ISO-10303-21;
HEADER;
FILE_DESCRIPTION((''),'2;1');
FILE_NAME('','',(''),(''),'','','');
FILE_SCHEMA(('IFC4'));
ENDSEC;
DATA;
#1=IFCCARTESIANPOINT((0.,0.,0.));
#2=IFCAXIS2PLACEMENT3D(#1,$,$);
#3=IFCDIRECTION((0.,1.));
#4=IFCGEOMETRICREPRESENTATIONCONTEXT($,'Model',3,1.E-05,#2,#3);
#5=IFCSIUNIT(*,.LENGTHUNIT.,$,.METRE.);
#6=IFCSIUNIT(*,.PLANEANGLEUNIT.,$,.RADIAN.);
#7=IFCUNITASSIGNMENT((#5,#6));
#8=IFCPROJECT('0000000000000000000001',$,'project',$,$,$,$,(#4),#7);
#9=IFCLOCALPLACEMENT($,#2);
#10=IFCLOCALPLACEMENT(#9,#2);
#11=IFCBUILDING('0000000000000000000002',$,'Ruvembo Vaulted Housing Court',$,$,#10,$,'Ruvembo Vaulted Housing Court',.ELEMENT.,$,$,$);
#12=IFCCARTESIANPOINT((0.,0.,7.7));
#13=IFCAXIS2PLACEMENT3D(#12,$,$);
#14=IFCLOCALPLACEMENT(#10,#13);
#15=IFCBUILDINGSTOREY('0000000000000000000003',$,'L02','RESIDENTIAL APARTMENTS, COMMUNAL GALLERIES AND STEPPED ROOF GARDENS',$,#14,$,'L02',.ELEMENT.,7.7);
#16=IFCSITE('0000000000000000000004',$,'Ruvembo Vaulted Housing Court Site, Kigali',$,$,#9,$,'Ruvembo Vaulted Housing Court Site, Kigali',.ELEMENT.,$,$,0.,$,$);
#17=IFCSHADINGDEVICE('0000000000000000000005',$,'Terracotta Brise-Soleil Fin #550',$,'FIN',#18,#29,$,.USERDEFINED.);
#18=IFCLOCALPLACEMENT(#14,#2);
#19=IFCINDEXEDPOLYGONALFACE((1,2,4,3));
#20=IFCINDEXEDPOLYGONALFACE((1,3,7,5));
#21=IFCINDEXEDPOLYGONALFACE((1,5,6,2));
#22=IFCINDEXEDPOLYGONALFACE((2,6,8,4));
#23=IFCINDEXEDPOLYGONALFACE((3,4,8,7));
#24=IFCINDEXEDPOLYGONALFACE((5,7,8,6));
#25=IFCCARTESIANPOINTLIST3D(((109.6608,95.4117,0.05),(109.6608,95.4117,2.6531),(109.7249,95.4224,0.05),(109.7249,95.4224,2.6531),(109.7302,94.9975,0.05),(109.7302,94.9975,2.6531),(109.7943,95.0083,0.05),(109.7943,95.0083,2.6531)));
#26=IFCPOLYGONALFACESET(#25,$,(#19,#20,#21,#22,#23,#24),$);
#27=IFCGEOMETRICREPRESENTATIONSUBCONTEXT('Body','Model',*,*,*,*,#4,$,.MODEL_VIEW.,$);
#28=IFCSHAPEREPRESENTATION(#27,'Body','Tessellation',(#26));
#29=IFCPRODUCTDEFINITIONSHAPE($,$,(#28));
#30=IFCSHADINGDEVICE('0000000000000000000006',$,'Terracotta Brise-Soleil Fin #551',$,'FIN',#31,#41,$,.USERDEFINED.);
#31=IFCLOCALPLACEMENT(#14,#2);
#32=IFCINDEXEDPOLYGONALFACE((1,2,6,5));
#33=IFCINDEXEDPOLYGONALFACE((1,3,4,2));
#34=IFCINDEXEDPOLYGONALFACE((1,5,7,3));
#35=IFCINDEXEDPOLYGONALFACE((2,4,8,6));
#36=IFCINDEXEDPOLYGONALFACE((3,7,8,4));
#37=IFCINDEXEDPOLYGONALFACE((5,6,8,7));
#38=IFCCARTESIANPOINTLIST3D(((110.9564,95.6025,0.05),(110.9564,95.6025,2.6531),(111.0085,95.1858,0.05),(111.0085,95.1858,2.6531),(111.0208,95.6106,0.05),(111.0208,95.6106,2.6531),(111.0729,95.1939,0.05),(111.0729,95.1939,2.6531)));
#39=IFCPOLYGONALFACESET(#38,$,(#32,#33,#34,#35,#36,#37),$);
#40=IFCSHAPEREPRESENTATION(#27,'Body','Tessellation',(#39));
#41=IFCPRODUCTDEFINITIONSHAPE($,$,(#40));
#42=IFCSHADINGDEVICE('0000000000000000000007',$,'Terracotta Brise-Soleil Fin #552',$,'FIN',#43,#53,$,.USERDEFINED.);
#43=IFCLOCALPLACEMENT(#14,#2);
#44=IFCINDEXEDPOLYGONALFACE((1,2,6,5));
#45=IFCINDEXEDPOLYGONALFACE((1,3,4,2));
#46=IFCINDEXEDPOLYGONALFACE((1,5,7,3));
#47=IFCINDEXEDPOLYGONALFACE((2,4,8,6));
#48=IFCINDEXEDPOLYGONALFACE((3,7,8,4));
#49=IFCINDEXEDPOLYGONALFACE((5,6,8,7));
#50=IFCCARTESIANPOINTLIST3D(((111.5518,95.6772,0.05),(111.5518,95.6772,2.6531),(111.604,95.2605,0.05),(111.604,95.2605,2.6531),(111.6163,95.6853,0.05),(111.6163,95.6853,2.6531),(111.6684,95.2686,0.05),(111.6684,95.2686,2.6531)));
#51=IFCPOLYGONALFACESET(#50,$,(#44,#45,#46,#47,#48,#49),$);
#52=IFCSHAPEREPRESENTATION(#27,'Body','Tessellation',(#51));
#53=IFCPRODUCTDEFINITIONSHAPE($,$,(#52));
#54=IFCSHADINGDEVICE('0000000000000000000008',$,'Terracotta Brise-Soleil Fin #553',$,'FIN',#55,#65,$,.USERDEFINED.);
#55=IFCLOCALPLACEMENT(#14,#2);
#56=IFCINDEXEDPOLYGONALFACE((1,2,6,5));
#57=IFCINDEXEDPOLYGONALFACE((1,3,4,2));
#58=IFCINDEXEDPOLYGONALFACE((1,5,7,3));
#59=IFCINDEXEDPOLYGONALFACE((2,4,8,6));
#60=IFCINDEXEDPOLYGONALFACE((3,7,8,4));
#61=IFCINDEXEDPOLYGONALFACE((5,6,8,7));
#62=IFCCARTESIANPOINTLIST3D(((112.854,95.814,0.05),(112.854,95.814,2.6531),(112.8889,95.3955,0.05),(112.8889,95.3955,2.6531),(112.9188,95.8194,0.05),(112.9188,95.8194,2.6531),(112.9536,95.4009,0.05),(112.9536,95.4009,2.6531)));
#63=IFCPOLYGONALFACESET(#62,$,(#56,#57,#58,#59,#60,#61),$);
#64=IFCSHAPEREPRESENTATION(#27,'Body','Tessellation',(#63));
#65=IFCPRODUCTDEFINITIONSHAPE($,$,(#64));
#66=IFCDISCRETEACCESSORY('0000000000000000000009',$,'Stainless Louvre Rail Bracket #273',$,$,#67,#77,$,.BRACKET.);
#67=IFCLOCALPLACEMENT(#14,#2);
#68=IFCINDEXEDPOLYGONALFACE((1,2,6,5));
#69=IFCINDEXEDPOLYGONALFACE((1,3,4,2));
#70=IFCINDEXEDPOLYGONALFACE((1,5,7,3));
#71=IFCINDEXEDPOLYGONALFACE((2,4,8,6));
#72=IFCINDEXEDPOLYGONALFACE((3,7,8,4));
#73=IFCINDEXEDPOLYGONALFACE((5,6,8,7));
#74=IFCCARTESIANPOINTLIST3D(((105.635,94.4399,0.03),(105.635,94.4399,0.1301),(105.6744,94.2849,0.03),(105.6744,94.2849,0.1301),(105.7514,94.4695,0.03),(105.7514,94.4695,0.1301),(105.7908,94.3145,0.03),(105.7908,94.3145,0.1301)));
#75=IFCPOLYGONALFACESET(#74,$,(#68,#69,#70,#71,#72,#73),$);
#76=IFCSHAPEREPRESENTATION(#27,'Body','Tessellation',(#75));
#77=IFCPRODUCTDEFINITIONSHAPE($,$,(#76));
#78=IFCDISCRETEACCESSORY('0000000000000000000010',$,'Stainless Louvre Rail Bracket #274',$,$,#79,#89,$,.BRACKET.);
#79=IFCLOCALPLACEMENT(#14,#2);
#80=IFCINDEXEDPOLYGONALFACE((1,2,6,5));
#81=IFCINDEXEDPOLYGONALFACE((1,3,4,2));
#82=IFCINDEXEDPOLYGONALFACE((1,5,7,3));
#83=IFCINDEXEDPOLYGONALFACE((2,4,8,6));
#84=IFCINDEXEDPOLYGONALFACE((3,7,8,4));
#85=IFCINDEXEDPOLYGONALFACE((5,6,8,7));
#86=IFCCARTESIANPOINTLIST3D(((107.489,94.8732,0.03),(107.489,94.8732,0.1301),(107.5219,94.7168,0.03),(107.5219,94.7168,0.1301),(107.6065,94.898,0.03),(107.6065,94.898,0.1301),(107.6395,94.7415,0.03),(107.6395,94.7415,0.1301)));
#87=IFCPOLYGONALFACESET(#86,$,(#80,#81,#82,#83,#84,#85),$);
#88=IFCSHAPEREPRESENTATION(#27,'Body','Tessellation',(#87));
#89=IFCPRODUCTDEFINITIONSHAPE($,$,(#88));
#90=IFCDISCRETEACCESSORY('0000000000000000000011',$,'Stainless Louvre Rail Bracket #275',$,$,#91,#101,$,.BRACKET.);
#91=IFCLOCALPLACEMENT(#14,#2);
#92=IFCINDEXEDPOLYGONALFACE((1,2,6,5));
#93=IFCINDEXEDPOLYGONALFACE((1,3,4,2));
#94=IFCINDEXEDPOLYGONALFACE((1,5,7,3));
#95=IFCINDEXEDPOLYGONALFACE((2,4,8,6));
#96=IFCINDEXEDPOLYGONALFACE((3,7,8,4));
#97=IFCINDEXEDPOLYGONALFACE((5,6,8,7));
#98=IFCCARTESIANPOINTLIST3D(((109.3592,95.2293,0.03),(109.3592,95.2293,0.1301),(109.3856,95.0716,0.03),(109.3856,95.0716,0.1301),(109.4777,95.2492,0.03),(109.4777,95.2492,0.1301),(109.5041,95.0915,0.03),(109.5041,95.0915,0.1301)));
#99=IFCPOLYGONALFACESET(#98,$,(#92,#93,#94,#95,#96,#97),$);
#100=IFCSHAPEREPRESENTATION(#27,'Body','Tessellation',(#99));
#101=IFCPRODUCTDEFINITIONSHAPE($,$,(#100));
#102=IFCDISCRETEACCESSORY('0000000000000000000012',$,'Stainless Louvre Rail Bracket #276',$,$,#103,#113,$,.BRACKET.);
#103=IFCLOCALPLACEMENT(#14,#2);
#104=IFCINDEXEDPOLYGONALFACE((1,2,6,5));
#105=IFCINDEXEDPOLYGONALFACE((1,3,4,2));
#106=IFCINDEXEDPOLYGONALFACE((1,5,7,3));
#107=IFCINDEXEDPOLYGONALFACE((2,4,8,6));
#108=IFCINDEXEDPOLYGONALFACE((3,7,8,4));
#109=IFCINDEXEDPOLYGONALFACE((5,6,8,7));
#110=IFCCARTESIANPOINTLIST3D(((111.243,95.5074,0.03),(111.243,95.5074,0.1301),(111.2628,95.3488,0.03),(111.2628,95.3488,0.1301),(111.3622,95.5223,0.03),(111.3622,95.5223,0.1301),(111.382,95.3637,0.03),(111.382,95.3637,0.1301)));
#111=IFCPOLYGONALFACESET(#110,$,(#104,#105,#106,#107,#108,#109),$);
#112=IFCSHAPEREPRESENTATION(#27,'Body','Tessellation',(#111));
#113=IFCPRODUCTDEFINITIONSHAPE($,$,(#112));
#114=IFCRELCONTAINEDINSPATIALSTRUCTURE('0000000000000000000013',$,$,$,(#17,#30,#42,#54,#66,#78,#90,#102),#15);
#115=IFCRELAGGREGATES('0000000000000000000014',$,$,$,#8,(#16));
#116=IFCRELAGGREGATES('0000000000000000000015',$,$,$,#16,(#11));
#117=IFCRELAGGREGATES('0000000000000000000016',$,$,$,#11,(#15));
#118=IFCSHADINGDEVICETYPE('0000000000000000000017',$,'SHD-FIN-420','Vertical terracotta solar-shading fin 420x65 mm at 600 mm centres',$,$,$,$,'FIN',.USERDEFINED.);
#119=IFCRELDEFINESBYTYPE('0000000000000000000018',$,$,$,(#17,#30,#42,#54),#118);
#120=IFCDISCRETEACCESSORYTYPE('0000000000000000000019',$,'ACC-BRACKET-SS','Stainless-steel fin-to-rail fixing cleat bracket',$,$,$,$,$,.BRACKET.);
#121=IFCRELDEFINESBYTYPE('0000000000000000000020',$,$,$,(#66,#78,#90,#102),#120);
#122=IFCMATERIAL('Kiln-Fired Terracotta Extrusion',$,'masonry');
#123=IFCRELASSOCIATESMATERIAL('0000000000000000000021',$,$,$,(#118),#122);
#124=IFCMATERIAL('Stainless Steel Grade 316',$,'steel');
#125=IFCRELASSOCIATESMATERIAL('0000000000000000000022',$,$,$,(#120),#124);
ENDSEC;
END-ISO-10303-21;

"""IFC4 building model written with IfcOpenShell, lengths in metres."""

from ifc_helpers import new_model, si_unit, direction, frame, origin, origin_2d, place, context, subcontext, project, spatial, rectangle, extrude, material, type_object, element, save


model = new_model("IFC4")

# Units and contexts
model_context = context("Model", 3, precision=1e-05, world=origin(), true_north=direction((0.0, 1.0)))
body_context = subcontext(model_context, "Body", "Model", "MODEL_VIEW")
ifc_project = project(units=[si_unit("LENGTHUNIT", "METRE"), si_unit("PLANEANGLEUNIT", "RADIAN")], contexts=[model_context])

# Site, building, storey
site_placement = place(None, origin())
site = spatial("IfcSite", under=ifc_project, at=site_placement, Name="Ruvembo Vaulted Housing Court Site, Kigali", LongName="Ruvembo Vaulted Housing Court Site, Kigali", CompositionType="ELEMENT", RefElevation=0.0)
building_placement = place(site_placement, origin())
building = spatial("IfcBuilding", under=site, at=building_placement, Name="Ruvembo Vaulted Housing Court", LongName="Ruvembo Vaulted Housing Court", CompositionType="ELEMENT")
storey_placement = place(building_placement, frame((0.0, 0.0, 7.7)))
storey = spatial("IfcBuildingStorey", under=building, at=storey_placement, Name="L02", Description="RESIDENTIAL APARTMENTS, COMMUNAL GALLERIES AND STEPPED ROOF GARDENS", LongName="L02", CompositionType="ELEMENT", Elevation=7.7)

# Shading devices
ifc_material_1 = material(Name="Kiln-Fired Terracotta Extrusion", Category="masonry")
shading_device_type = type_object("IfcShadingDeviceType", Name="SHD-FIN-420", Description="Vertical terracotta solar-shading fin 420x65 mm at 600 mm centres", ElementType="FIN", PredefinedType="USERDEFINED", material=ifc_material_1)
for number, where, z_axis, x_axis, name in (
    (1, (109.7275, 95.21, 0.05), (0.0, 0.0, 1.0), (0.165271, -0.986248, 0.0), "Terracotta Brise-Soleil Fin #550"),
    (2, (111.0146, 95.3982, 0.05), (0.0, 0.0, 1.0), (0.12419, -0.992258, 0.0), "Terracotta Brise-Soleil Fin #551"),
    (3, (111.6101, 95.4729, 0.05), (0.0, 0.0, 1.0), (0.12419, -0.992258, 0.0), "Terracotta Brise-Soleil Fin #552"),
    (4, (112.9038, 95.6074, 0.05), (0.0, 0.0, 1.0), (0.082895, -0.996558, 0.0), "Terracotta Brise-Soleil Fin #553"),
):
    element("IfcShadingDevice", number, at=place(storey_placement, frame(where, z_axis=z_axis, x_axis=x_axis)), inside=storey, type_object=shading_device_type, Name=name, ObjectType="FIN", PredefinedType="USERDEFINED", context=body_context, shape_type="SweptSolid", body=[
        extrude(rectangle(XDim=0.4199, YDim=0.0649, at=origin_2d()), origin(), (0.0, 0.0, 1.0), 2.603),
    ])

# Discrete accessories
ifc_material_2 = material(Name="Stainless Steel Grade 316", Category="steel")
discrete_accessory_type = type_object("IfcDiscreteAccessoryType", Name="ACC-BRACKET-SS", Description="Stainless-steel fin-to-rail fixing cleat bracket", PredefinedType="BRACKET", material=ifc_material_2)
for number, where, z_axis, x_axis, name in (
    (5, (105.7129, 94.3772, 0.03), (0.0, 0.0, 1.0), (0.246492, -0.969145, 0.0), "Stainless Louvre Rail Bracket #273"),
    (6, (107.5642, 94.8074, 0.03), (0.0, 0.0, 1.0), (0.206102, -0.978531, 0.0), "Stainless Louvre Rail Bracket #274"),
    (7, (109.4316, 95.1604, 0.03), (0.0, 0.0, 1.0), (0.165271, -0.986248, 0.0), "Stainless Louvre Rail Bracket #275"),
    (8, (111.3125, 95.4355, 0.03), (0.0, 0.0, 1.0), (0.12419, -0.992258, 0.0), "Stainless Louvre Rail Bracket #276"),
):
    element("IfcDiscreteAccessory", number, at=place(storey_placement, frame(where, z_axis=z_axis, x_axis=x_axis)), inside=storey, type_object=discrete_accessory_type, Name=name, PredefinedType="BRACKET", context=body_context, shape_type="SweptSolid", body=[
        extrude(rectangle(XDim=0.1599, YDim=0.1201, at=origin_2d()), origin(), (0.0, 0.0, 1.0), 0.1001),
    ])

save(model, "model.ifc")
